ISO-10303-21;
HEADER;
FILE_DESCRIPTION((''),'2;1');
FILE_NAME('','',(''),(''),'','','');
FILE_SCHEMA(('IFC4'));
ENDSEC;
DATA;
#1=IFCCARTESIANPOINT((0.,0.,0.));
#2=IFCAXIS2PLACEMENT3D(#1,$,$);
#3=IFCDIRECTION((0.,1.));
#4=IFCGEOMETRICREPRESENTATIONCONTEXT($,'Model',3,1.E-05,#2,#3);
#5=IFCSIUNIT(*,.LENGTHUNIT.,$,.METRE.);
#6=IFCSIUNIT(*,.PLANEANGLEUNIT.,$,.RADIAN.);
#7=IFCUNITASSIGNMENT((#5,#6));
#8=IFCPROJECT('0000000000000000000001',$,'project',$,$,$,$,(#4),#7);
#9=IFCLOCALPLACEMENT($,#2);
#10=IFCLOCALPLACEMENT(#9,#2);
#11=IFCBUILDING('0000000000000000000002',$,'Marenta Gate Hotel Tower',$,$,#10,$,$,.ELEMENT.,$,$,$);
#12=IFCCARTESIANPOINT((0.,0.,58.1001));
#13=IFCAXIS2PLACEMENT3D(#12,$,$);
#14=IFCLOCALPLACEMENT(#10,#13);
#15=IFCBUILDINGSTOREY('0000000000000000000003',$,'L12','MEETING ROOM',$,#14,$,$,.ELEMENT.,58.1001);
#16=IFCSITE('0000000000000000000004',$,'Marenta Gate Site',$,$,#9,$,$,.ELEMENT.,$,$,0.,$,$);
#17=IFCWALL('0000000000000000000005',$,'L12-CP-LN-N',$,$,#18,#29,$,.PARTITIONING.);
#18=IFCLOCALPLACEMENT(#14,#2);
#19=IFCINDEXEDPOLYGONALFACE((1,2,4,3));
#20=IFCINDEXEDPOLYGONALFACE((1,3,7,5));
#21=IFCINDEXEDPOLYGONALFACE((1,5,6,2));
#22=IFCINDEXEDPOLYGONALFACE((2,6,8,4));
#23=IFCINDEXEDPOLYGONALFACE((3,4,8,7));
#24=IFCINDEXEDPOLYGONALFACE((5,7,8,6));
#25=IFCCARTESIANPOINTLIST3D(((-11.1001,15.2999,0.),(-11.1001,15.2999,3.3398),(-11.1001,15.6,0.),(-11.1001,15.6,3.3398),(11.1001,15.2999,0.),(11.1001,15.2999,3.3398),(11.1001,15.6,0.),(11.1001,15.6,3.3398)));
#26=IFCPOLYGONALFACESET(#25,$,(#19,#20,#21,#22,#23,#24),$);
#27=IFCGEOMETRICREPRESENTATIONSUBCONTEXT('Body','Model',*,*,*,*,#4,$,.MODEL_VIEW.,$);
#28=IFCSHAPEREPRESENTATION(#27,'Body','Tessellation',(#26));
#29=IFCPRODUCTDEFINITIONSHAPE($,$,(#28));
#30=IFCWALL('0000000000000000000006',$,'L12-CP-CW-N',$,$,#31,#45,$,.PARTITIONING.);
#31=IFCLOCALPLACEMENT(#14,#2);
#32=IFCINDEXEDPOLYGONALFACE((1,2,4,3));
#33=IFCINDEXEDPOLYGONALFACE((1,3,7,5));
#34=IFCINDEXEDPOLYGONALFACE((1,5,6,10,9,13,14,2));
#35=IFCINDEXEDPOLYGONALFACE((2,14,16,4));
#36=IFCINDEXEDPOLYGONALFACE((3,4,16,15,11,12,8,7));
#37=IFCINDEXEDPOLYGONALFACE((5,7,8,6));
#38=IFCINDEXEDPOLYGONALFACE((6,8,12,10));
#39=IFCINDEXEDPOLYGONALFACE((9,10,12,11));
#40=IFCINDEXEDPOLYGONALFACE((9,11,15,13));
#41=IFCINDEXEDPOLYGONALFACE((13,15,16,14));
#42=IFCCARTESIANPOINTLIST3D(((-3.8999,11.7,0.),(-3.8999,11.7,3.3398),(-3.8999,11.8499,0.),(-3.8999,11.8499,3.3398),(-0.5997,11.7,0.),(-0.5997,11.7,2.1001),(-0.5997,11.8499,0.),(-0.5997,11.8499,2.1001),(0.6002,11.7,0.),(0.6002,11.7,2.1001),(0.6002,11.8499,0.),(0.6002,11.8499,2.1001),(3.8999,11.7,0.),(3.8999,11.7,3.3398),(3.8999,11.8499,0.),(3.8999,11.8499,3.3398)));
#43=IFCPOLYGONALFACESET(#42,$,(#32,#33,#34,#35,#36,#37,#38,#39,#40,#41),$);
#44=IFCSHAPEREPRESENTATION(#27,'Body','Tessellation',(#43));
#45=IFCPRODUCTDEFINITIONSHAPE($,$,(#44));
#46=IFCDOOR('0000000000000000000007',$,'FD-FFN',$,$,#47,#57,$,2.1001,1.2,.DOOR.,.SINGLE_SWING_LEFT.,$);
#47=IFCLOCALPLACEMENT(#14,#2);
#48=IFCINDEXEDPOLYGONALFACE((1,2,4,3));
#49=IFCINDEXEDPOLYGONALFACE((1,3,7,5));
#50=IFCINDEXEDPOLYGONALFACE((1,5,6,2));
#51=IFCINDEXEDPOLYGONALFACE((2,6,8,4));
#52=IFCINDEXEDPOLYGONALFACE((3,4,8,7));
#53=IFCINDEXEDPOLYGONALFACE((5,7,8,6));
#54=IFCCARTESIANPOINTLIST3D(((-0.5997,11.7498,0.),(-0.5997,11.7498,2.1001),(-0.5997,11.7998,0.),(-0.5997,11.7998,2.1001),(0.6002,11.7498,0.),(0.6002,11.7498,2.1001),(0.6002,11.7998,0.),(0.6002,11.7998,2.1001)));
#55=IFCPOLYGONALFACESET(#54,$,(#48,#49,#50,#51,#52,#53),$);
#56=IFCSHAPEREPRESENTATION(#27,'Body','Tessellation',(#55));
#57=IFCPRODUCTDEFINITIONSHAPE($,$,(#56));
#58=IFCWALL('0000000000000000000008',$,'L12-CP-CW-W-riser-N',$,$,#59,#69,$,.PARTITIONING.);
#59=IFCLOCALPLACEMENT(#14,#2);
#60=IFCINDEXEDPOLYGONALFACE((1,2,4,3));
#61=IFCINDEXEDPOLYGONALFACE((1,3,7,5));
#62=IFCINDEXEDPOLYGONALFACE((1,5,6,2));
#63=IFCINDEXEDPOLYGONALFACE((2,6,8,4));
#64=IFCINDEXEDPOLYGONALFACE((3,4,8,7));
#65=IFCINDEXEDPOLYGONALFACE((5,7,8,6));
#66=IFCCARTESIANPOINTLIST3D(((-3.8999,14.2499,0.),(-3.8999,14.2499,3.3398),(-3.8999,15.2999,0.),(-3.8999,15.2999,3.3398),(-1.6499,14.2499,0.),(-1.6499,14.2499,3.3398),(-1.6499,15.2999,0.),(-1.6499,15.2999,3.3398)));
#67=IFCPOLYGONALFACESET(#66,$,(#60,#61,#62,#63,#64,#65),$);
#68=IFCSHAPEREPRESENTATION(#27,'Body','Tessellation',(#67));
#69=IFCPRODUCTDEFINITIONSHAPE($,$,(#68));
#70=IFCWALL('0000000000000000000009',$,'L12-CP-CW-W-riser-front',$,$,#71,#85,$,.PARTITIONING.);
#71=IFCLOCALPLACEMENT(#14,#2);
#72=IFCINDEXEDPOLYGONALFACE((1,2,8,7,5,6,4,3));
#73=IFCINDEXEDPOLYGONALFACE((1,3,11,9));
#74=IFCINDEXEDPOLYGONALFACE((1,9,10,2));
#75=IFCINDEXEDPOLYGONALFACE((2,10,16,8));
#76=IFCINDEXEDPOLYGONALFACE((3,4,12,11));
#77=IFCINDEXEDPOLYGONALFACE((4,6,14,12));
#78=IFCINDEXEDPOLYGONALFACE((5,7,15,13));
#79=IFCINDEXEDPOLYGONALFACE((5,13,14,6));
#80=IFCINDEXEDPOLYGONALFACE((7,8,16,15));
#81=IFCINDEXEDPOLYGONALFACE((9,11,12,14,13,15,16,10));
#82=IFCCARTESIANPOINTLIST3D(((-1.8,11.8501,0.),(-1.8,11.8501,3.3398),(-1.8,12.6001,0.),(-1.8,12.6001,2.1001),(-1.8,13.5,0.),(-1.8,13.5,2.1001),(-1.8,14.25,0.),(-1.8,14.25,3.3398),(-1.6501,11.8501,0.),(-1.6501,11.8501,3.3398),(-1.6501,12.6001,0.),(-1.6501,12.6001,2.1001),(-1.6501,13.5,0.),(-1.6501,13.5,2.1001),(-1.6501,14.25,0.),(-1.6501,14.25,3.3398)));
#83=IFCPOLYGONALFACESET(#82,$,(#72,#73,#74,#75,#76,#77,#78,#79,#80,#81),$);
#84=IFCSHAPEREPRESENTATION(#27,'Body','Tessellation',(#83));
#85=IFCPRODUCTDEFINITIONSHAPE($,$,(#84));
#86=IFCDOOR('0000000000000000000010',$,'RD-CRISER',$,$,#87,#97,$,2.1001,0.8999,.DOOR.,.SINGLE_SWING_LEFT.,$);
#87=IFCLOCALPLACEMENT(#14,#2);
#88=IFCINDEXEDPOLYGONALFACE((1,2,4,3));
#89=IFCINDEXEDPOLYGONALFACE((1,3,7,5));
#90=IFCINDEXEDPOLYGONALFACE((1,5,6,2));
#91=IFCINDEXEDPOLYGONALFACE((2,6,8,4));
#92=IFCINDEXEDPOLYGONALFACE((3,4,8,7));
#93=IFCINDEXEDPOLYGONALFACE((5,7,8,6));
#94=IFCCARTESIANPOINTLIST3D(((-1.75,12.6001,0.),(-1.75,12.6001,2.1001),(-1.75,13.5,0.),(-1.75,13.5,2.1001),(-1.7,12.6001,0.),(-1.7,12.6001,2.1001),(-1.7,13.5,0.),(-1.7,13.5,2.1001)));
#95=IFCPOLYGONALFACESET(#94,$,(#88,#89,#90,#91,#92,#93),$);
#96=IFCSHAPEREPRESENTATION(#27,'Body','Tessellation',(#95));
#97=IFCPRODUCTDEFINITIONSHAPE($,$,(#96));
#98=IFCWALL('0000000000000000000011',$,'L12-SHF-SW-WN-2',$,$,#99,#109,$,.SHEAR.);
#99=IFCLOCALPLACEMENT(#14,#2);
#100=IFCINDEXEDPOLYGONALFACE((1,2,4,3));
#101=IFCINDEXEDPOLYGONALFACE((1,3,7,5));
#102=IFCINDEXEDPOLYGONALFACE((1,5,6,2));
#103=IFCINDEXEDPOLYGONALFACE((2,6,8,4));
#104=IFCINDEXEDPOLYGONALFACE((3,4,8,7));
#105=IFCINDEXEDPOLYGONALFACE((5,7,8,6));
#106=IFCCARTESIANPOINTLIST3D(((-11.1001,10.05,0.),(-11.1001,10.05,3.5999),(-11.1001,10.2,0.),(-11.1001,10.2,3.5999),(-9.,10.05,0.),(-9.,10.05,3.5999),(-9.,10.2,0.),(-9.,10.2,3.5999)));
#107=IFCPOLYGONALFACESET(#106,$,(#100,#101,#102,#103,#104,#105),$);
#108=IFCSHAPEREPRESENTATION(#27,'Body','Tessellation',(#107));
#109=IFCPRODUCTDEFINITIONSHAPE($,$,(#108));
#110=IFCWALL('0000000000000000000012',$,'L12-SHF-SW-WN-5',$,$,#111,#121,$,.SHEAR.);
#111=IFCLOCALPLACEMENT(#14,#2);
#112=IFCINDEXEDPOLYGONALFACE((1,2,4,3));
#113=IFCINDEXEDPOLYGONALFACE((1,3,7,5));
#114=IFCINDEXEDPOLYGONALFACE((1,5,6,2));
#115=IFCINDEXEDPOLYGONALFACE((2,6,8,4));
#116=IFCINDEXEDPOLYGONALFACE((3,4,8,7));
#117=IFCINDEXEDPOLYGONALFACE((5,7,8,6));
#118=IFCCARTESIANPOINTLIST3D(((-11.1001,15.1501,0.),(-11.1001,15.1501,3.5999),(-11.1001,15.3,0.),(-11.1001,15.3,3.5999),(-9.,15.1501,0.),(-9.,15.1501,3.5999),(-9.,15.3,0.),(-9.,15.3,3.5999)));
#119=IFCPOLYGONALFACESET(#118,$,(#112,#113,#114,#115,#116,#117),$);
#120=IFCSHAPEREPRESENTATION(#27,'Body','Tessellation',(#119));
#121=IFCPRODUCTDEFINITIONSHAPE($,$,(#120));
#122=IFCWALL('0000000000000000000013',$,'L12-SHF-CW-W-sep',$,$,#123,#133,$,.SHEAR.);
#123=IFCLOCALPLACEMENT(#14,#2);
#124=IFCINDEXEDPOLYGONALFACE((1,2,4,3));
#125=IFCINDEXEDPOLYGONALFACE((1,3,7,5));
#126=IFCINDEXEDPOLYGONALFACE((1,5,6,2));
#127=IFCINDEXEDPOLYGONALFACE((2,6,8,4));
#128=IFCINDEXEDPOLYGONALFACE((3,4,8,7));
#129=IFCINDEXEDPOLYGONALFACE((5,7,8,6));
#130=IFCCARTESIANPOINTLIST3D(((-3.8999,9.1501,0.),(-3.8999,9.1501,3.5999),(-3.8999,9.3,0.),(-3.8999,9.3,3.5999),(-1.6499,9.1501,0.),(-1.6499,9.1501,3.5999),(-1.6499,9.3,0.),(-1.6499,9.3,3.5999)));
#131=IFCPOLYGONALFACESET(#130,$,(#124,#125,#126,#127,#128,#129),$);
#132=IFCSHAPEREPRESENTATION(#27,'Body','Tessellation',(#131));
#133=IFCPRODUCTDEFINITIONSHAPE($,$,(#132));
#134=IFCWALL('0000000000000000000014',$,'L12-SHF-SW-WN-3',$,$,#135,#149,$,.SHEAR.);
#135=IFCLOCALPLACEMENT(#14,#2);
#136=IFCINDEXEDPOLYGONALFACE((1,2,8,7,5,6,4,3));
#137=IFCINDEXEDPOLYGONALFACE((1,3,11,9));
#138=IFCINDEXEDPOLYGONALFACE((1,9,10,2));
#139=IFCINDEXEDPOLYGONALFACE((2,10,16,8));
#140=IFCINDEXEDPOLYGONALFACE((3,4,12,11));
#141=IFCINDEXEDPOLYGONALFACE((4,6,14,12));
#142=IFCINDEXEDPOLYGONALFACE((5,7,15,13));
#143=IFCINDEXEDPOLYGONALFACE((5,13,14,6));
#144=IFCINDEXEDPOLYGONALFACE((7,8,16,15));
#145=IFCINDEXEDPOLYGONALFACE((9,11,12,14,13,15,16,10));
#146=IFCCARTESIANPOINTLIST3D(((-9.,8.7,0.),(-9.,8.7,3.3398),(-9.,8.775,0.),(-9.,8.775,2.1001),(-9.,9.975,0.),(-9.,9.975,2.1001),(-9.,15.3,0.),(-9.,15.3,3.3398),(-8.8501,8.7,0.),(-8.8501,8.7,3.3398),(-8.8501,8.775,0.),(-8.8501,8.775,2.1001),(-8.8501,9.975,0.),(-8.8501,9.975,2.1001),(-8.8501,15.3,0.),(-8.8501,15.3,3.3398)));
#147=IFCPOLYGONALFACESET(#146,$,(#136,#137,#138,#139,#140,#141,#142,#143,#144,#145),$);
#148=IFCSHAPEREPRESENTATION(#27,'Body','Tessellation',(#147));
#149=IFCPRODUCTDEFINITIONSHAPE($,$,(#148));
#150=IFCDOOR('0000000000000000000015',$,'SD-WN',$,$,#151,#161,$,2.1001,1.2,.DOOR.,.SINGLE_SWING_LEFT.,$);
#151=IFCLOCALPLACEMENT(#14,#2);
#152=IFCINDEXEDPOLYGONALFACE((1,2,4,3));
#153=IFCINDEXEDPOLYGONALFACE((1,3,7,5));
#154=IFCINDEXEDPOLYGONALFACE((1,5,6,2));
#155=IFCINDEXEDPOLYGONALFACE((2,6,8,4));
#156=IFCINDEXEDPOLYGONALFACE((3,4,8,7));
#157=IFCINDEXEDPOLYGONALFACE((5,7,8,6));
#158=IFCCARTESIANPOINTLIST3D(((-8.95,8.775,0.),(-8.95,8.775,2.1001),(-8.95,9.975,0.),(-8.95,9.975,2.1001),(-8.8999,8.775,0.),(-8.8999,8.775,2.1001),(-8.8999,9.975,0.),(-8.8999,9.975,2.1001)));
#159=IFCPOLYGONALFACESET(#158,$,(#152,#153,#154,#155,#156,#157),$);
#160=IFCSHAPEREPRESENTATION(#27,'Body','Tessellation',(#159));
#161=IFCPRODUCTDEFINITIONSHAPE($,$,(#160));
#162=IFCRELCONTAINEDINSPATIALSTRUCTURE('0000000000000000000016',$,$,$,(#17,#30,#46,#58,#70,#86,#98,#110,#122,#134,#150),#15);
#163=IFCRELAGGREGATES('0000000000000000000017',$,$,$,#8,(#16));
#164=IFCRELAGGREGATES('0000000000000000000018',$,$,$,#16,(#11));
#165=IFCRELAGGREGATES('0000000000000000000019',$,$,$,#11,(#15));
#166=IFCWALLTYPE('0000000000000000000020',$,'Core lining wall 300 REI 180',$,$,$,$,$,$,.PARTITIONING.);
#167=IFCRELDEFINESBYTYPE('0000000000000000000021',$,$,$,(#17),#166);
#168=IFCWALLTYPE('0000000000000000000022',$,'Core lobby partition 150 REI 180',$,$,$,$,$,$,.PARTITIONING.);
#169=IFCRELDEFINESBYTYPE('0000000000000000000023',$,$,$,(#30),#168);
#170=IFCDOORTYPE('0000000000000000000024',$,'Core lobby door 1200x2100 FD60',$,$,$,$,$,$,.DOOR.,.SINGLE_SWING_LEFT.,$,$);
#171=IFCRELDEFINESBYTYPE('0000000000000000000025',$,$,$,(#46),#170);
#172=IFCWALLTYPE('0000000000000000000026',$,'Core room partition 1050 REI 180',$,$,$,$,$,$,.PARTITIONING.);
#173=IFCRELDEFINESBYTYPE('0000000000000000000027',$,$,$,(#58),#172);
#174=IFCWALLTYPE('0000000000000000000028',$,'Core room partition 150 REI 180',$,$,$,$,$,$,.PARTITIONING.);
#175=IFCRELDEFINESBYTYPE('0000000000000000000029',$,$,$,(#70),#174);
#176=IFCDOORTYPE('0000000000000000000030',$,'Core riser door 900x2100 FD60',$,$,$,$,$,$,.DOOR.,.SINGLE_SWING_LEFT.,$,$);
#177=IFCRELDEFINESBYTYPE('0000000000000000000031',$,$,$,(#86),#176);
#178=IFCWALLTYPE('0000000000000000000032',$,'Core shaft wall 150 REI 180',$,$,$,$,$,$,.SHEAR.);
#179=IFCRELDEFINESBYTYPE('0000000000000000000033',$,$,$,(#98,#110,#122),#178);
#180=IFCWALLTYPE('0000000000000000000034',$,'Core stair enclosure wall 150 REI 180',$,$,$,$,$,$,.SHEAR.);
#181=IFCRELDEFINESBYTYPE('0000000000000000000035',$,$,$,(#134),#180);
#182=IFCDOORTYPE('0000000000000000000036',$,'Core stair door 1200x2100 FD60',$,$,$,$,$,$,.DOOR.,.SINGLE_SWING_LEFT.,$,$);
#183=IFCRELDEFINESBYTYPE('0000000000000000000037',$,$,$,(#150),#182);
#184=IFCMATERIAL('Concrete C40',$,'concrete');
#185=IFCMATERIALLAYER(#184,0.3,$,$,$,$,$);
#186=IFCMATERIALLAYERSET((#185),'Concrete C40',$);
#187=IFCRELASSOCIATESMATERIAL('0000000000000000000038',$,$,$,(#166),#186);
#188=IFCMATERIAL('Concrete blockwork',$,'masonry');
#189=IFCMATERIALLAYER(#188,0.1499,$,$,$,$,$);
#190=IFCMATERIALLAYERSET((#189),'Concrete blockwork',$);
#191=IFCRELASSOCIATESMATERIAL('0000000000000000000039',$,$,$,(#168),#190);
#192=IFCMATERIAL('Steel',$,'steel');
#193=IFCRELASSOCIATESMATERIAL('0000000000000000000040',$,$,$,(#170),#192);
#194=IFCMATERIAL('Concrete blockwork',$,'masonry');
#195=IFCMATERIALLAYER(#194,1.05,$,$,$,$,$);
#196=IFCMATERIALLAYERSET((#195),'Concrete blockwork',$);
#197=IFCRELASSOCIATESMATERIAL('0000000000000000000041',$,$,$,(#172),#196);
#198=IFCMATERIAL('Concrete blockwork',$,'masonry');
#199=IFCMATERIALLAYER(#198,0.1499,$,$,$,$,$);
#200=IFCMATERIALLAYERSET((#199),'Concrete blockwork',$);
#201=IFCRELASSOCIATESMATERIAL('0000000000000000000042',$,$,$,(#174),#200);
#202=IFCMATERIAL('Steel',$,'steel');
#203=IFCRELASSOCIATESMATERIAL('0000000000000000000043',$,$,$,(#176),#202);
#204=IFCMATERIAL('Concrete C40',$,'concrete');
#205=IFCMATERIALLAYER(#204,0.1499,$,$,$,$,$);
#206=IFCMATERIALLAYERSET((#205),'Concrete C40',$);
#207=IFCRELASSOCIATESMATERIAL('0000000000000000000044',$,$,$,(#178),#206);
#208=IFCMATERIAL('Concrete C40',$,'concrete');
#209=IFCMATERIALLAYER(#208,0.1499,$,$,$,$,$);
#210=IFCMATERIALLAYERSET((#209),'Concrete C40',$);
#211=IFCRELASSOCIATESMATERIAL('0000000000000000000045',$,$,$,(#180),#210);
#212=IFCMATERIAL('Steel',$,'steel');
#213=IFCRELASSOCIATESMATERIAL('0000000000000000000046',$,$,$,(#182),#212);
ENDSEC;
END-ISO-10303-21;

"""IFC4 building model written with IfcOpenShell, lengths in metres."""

from ifc_helpers import new_model, si_unit, direction, frame, frame_2d, origin, place, context, subcontext, project, spatial, rectangle, extrude, material, layer, layer_set, type_object, element, fill, save


model = new_model("IFC4")

# Units and contexts
model_context = context("Model", 3, precision=1e-05, world=origin(), true_north=direction((0.0, 1.0)))
body_context = subcontext(model_context, "Body", "Model", "MODEL_VIEW")
ifc_project = project(units=[si_unit("LENGTHUNIT", "METRE"), si_unit("PLANEANGLEUNIT", "RADIAN")], contexts=[model_context])

# Site, building, storey
site_placement = place(None, origin())
site = spatial("IfcSite", under=ifc_project, at=site_placement, Name="Marenta Gate Site", CompositionType="ELEMENT", RefElevation=0.0)
building_placement = place(site_placement, origin())
building = spatial("IfcBuilding", under=site, at=building_placement, Name="Marenta Gate Hotel Tower", CompositionType="ELEMENT")
storey_placement = place(building_placement, frame((0.0, 0.0, 58.1001)))
storey = spatial("IfcBuildingStorey", under=building, at=storey_placement, Name="L12", Description="MEETING ROOM", CompositionType="ELEMENT", Elevation=58.1001)

# Wall
ifc_material_1 = material(Name="Concrete C40", Category="concrete")
ifc_layer_1 = layer(ifc_material_1, 0.3)
ifc_layer_set_1 = layer_set([ifc_layer_1], Name="Concrete C40")
wall_type_1 = type_object("IfcWallType", Name="Core lining wall 300 REI 180", PredefinedType="PARTITIONING", material=ifc_layer_set_1)
wall_1_placement = place(storey_placement, frame((-11.1001, 15.45, 0.0), z_axis=(0.0, 0.0, 1.0), x_axis=(1.0, 0.0, 0.0)))
element("IfcWall", 1, at=wall_1_placement, inside=storey, type_object=wall_type_1, Name="L12-CP-LN-N", PredefinedType="PARTITIONING", context=body_context, shape_type="SweptSolid", body=[
    extrude(rectangle(XDim=22.2002, YDim=0.3, at=frame_2d((11.1001, 0.0))), origin(), (0.0, 0.0, 1.0), 3.3398),
])

# Wall, opening, door
ifc_material_2 = material(Name="Concrete blockwork", Category="masonry")
ifc_layer_2 = layer(ifc_material_2, 0.1499)
ifc_layer_set_2 = layer_set([ifc_layer_2], Name="Concrete blockwork")
wall_type_2 = type_object("IfcWallType", Name="Core lobby partition 150 REI 180", PredefinedType="PARTITIONING", material=ifc_layer_set_2)
wall_2_placement = place(storey_placement, frame((-3.8999, 11.7749, 0.0), z_axis=(0.0, 0.0, 1.0), x_axis=(1.0, 0.0, 0.0)))
wall_2 = element("IfcWall", 2, at=wall_2_placement, inside=storey, type_object=wall_type_2, Name="L12-CP-CW-N", PredefinedType="PARTITIONING", context=body_context, shape_type="SweptSolid", body=[
    extrude(rectangle(XDim=7.7998, YDim=0.1499, at=frame_2d((3.8999, 0.0))), origin(), (0.0, 0.0, 1.0), 3.3398),
])
opening_1_placement = place(wall_2_placement, frame((3.3, 0.0, 0.0)))
opening_1 = element("IfcOpeningElement", 3, at=opening_1_placement, cuts=wall_2, PredefinedType="OPENING", context=body_context, shape_type="SweptSolid", body=[
    extrude(rectangle(XDim=1.2, YDim=2.1001, at=frame_2d((0.6001, 1.05))), frame((0.0, 0.075, 0.0), z_axis=(0.0, -1.0, 0.0), x_axis=(1.0, 0.0, 0.0)), (0.0, 0.0, 1.0), 0.1499),
])
ifc_material_3 = material(Name="Steel", Category="steel")
door_type_1 = type_object("IfcDoorType", Name="Core lobby door 1200x2100 FD60", OperationType="SINGLE_SWING_LEFT", PredefinedType="DOOR", material=ifc_material_3)
door_1_placement = place(opening_1_placement, origin())
door_1 = element("IfcDoor", 4, at=door_1_placement, inside=storey, type_object=door_type_1, Name="FD-FFN", OperationType="SINGLE_SWING_LEFT", OverallHeight=2.1001, OverallWidth=1.2, PredefinedType="DOOR", context=body_context, shape_type="SweptSolid", body=[
    extrude(rectangle(XDim=1.2, YDim=2.1001, at=frame_2d((0.6001, 1.05))), frame((0.0, 0.0249, 0.0), z_axis=(0.0, -1.0, 0.0), x_axis=(1.0, 0.0, 0.0)), (0.0, 0.0, 1.0), 0.05),
])
fill(opening_1, door_1)

# Wall
ifc_material_4 = material(Name="Concrete blockwork", Category="masonry")
ifc_layer_3 = layer(ifc_material_4, 1.05)
ifc_layer_set_3 = layer_set([ifc_layer_3], Name="Concrete blockwork")
wall_type_3 = type_object("IfcWallType", Name="Core room partition 1050 REI 180", PredefinedType="PARTITIONING", material=ifc_layer_set_3)
wall_3_placement = place(storey_placement, frame((-3.8999, 14.7749, 0.0), z_axis=(0.0, 0.0, 1.0), x_axis=(1.0, 0.0, 0.0)))
element("IfcWall", 5, at=wall_3_placement, inside=storey, type_object=wall_type_3, Name="L12-CP-CW-W-riser-N", PredefinedType="PARTITIONING", context=body_context, shape_type="SweptSolid", body=[
    extrude(rectangle(XDim=2.25, YDim=1.05, at=frame_2d((1.125, 0.0))), origin(), (0.0, 0.0, 1.0), 3.3398),
])

# Wall, opening, door
ifc_material_5 = material(Name="Concrete blockwork", Category="masonry")
ifc_layer_4 = layer(ifc_material_5, 0.1499)
ifc_layer_set_4 = layer_set([ifc_layer_4], Name="Concrete blockwork")
wall_type_4 = type_object("IfcWallType", Name="Core room partition 150 REI 180", PredefinedType="PARTITIONING", material=ifc_layer_set_4)
wall_4_placement = place(storey_placement, frame((-1.7251, 11.8501, 0.0), z_axis=(0.0, 0.0, 1.0), x_axis=(0.0, 1.0, 0.0)))
wall_4 = element("IfcWall", 6, at=wall_4_placement, inside=storey, type_object=wall_type_4, Name="L12-CP-CW-W-riser-front", PredefinedType="PARTITIONING", context=body_context, shape_type="SweptSolid", body=[
    extrude(rectangle(XDim=2.3999, YDim=0.1499, at=frame_2d((1.2, 0.0))), origin(), (0.0, 0.0, 1.0), 3.3398),
])
opening_2_placement = place(wall_4_placement, frame((0.75, 0.0, 0.0)))
opening_2 = element("IfcOpeningElement", 7, at=opening_2_placement, cuts=wall_4, PredefinedType="OPENING", context=body_context, shape_type="SweptSolid", body=[
    extrude(rectangle(XDim=0.8999, YDim=2.1001, at=frame_2d((0.45, 1.05))), frame((0.0, 0.075, 0.0), z_axis=(0.0, -1.0, 0.0), x_axis=(1.0, 0.0, 0.0)), (0.0, 0.0, 1.0), 0.1499),
])
ifc_material_6 = material(Name="Steel", Category="steel")
door_type_2 = type_object("IfcDoorType", Name="Core riser door 900x2100 FD60", OperationType="SINGLE_SWING_LEFT", PredefinedType="DOOR", material=ifc_material_6)
door_2_placement = place(opening_2_placement, origin())
door_2 = element("IfcDoor", 8, at=door_2_placement, inside=storey, type_object=door_type_2, Name="RD-CRISER", OperationType="SINGLE_SWING_LEFT", OverallHeight=2.1001, OverallWidth=0.8999, PredefinedType="DOOR", context=body_context, shape_type="SweptSolid", body=[
    extrude(rectangle(XDim=0.8999, YDim=2.1001, at=frame_2d((0.45, 1.05))), frame((0.0, 0.0249, 0.0), z_axis=(0.0, -1.0, 0.0), x_axis=(1.0, 0.0, 0.0)), (0.0, 0.0, 1.0), 0.05),
])
fill(opening_2, door_2)

# Walls
ifc_material_7 = material(Name="Concrete C40", Category="concrete")
ifc_layer_5 = layer(ifc_material_7, 0.1499)
ifc_layer_set_5 = layer_set([ifc_layer_5], Name="Concrete C40")
wall_type_5 = type_object("IfcWallType", Name="Core shaft wall 150 REI 180", PredefinedType="SHEAR", material=ifc_layer_set_5)
for number, where, z_axis, x_axis, name in (
    (9, (-11.1001, 10.125, 0.0), (0.0, 0.0, 1.0), (1.0, 0.0, 0.0), "L12-SHF-SW-WN-2"),
    (10, (-11.1001, 15.2251, 0.0), (0.0, 0.0, 1.0), (1.0, 0.0, 0.0), "L12-SHF-SW-WN-5"),
):
    element("IfcWall", number, at=place(storey_placement, frame(where, z_axis=z_axis, x_axis=x_axis)), inside=storey, type_object=wall_type_5, Name=name, PredefinedType="SHEAR", context=body_context, shape_type="SweptSolid", body=[
        extrude(rectangle(XDim=2.1001, YDim=0.1499, at=frame_2d((1.05, 0.0))), origin(), (0.0, 0.0, 1.0), 3.5999),
    ])
wall_5_placement = place(storey_placement, frame((-3.8999, 9.2251, 0.0), z_axis=(0.0, 0.0, 1.0), x_axis=(1.0, 0.0, 0.0)))
element("IfcWall", 11, at=wall_5_placement, inside=storey, type_object=wall_type_5, Name="L12-SHF-CW-W-sep", PredefinedType="SHEAR", context=body_context, shape_type="SweptSolid", body=[
    extrude(rectangle(XDim=2.25, YDim=0.1499, at=frame_2d((1.125, 0.0))), origin(), (0.0, 0.0, 1.0), 3.5999),
])

# Wall, opening, door
ifc_material_8 = material(Name="Concrete C40", Category="concrete")
ifc_layer_6 = layer(ifc_material_8, 0.1499)
ifc_layer_set_6 = layer_set([ifc_layer_6], Name="Concrete C40")
wall_type_6 = type_object("IfcWallType", Name="Core stair enclosure wall 150 REI 180", PredefinedType="SHEAR", material=ifc_layer_set_6)
wall_6_placement = place(storey_placement, frame((-8.925, 8.7, 0.0), z_axis=(0.0, 0.0, 1.0), x_axis=(0.0, 1.0, 0.0)))
wall_6 = element("IfcWall", 12, at=wall_6_placement, inside=storey, type_object=wall_type_6, Name="L12-SHF-SW-WN-3", PredefinedType="SHEAR", context=body_context, shape_type="SweptSolid", body=[
    extrude(rectangle(XDim=6.6001, YDim=0.1499, at=frame_2d((3.3, 0.0))), origin(), (0.0, 0.0, 1.0), 3.3398),
])
opening_3_placement = place(wall_6_placement, frame((0.075, 0.0, 0.0)))
opening_3 = element("IfcOpeningElement", 13, at=opening_3_placement, cuts=wall_6, PredefinedType="OPENING", context=body_context, shape_type="SweptSolid", body=[
    extrude(rectangle(XDim=1.2, YDim=2.1001, at=frame_2d((0.6001, 1.05))), frame((0.0, 0.075, 0.0), z_axis=(0.0, -1.0, 0.0), x_axis=(1.0, 0.0, 0.0)), (0.0, 0.0, 1.0), 0.1499),
])
ifc_material_9 = material(Name="Steel", Category="steel")
door_type_3 = type_object("IfcDoorType", Name="Core stair door 1200x2100 FD60", OperationType="SINGLE_SWING_LEFT", PredefinedType="DOOR", material=ifc_material_9)
door_3_placement = place(opening_3_placement, origin())
door_3 = element("IfcDoor", 14, at=door_3_placement, inside=storey, type_object=door_type_3, Name="SD-WN", OperationType="SINGLE_SWING_LEFT", OverallHeight=2.1001, OverallWidth=1.2, PredefinedType="DOOR", context=body_context, shape_type="SweptSolid", body=[
    extrude(rectangle(XDim=1.2, YDim=2.1001, at=frame_2d((0.6001, 1.05))), frame((0.0, 0.0249, 0.0), z_axis=(0.0, -1.0, 0.0), x_axis=(1.0, 0.0, 0.0)), (0.0, 0.0, 1.0), 0.05),
])
fill(opening_3, door_3)

save(model, "model.ifc")
